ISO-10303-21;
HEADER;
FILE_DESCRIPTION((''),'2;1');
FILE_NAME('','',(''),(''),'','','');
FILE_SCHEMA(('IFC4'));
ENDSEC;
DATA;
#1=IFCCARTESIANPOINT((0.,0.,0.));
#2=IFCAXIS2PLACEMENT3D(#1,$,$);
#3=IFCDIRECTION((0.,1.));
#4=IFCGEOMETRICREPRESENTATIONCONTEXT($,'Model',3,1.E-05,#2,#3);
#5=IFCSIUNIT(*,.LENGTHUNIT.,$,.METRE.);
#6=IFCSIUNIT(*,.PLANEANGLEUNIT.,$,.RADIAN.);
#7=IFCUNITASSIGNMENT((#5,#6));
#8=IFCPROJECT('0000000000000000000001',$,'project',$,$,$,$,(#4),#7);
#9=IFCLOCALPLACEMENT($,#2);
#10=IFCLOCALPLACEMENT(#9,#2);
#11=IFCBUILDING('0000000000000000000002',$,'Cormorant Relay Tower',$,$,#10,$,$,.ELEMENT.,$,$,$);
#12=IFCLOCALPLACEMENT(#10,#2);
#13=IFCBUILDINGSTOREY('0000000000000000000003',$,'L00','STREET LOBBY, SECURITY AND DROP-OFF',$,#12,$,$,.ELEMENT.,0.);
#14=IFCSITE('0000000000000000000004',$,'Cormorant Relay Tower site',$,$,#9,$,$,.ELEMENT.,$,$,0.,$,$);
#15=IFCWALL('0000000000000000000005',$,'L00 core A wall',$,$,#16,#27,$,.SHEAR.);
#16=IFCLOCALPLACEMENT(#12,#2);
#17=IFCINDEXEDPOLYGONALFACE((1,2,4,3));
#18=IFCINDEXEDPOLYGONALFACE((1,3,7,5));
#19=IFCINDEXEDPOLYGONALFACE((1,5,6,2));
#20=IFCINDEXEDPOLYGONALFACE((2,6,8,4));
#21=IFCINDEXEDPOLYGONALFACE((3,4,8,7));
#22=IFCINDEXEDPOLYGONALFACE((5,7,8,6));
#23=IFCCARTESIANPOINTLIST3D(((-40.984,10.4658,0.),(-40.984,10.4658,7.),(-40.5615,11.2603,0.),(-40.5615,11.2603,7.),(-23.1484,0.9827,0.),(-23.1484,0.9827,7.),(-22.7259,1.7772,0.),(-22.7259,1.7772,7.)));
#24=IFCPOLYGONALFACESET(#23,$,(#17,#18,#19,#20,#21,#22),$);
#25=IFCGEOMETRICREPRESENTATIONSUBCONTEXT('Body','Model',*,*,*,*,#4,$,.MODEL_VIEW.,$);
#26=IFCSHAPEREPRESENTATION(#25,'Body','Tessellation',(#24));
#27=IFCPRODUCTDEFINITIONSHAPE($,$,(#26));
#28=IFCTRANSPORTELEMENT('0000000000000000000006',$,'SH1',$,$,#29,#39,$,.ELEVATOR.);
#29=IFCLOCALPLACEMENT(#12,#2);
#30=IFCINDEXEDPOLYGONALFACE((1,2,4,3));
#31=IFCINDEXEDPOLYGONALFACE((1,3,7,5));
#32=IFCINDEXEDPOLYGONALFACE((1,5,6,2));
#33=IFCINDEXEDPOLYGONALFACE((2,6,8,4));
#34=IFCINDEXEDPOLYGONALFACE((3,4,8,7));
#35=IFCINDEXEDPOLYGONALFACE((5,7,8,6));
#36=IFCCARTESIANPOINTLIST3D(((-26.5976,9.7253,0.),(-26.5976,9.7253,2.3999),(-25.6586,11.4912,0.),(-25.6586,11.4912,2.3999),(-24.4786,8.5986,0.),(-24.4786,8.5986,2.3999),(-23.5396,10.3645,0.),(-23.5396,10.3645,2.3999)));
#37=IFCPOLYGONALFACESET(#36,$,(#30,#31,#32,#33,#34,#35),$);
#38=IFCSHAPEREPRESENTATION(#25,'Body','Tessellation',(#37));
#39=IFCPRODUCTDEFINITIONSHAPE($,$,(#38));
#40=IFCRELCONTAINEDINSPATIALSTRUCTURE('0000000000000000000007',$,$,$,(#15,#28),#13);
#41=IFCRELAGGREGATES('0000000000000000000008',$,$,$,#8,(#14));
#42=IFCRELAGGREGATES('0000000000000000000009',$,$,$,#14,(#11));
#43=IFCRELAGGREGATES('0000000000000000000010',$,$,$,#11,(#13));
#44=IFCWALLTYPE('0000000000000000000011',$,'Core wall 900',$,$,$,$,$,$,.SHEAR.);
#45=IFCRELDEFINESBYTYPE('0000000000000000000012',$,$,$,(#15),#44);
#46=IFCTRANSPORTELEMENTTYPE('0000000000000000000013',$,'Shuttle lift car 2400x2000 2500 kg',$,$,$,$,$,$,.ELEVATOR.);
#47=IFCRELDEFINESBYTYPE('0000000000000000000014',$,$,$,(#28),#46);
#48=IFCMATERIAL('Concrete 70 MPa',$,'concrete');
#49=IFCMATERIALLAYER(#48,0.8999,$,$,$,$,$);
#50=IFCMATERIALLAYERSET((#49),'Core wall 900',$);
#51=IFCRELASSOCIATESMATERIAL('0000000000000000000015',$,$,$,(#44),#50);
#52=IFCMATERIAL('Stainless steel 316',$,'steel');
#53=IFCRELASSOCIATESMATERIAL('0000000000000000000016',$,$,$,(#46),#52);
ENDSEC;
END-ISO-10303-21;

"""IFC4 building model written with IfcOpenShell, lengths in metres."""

from ifc_helpers import new_model, si_unit, direction, frame, frame_2d, origin, origin_2d, place, context, subcontext, project, spatial, rectangle, extrude, material, layer, layer_set, type_object, element, save


model = new_model("IFC4")

# Units and contexts
model_context = context("Model", 3, precision=1e-05, world=origin(), true_north=direction((0.0, 1.0)))
body_context = subcontext(model_context, "Body", "Model", "MODEL_VIEW")
ifc_project = project(units=[si_unit("LENGTHUNIT", "METRE"), si_unit("PLANEANGLEUNIT", "RADIAN")], contexts=[model_context])

# Site, building, storey
site_placement = place(None, origin())
site = spatial("IfcSite", under=ifc_project, at=site_placement, Name="Cormorant Relay Tower site", CompositionType="ELEMENT", RefElevation=0.0)
building_placement = place(site_placement, origin())
building = spatial("IfcBuilding", under=site, at=building_placement, Name="Cormorant Relay Tower", CompositionType="ELEMENT")
storey_placement = place(building_placement, origin())
storey = spatial("IfcBuildingStorey", under=building, at=storey_placement, Name="L00", Description="STREET LOBBY, SECURITY AND DROP-OFF", CompositionType="ELEMENT", Elevation=0.0)

# Wall
ifc_material_1 = material(Name="Concrete 70 MPa", Category="concrete")
ifc_layer_1 = layer(ifc_material_1, 0.8999)
ifc_layer_set_1 = layer_set([ifc_layer_1], Name="Core wall 900")
wall_type_1 = type_object("IfcWallType", Name="Core wall 900", PredefinedType="SHEAR", material=ifc_layer_set_1)
wall_1_placement = place(storey_placement, frame((-22.937, 1.3799, 0.0), z_axis=(0.0, 0.0, 1.0), x_axis=(-0.882953, 0.469462, 0.0)))
element("IfcWall", 1, at=wall_1_placement, inside=storey, type_object=wall_type_1, Name="L00 core A wall", PredefinedType="SHEAR", context=body_context, shape_type="SweptSolid", body=[
    extrude(rectangle(XDim=20.2, YDim=0.8999, at=frame_2d((10.1001, 0.0))), origin(), (0.0, 0.0, 1.0), 7.0),
])

# Transport element
ifc_material_2 = material(Name="Stainless steel 316", Category="steel")
transport_element_type = type_object("IfcTransportElementType", Name="Shuttle lift car 2400x2000 2500 kg", PredefinedType="ELEVATOR", material=ifc_material_2)
transport_element_placement = place(storey_placement, frame((-25.0686, 10.0449, 0.0), z_axis=(0.0, 0.0, 1.0), x_axis=(-0.882948, 0.469472, 0.0)))
element("IfcTransportElement", 2, at=transport_element_placement, inside=storey, type_object=transport_element_type, Name="SH1", PredefinedType="ELEVATOR", context=body_context, shape_type="SweptSolid", body=[
    extrude(rectangle(XDim=2.3999, YDim=2.0, at=origin_2d()), origin(), (0.0, 0.0, 1.0), 2.3999),
])

save(model, "model.ifc")
